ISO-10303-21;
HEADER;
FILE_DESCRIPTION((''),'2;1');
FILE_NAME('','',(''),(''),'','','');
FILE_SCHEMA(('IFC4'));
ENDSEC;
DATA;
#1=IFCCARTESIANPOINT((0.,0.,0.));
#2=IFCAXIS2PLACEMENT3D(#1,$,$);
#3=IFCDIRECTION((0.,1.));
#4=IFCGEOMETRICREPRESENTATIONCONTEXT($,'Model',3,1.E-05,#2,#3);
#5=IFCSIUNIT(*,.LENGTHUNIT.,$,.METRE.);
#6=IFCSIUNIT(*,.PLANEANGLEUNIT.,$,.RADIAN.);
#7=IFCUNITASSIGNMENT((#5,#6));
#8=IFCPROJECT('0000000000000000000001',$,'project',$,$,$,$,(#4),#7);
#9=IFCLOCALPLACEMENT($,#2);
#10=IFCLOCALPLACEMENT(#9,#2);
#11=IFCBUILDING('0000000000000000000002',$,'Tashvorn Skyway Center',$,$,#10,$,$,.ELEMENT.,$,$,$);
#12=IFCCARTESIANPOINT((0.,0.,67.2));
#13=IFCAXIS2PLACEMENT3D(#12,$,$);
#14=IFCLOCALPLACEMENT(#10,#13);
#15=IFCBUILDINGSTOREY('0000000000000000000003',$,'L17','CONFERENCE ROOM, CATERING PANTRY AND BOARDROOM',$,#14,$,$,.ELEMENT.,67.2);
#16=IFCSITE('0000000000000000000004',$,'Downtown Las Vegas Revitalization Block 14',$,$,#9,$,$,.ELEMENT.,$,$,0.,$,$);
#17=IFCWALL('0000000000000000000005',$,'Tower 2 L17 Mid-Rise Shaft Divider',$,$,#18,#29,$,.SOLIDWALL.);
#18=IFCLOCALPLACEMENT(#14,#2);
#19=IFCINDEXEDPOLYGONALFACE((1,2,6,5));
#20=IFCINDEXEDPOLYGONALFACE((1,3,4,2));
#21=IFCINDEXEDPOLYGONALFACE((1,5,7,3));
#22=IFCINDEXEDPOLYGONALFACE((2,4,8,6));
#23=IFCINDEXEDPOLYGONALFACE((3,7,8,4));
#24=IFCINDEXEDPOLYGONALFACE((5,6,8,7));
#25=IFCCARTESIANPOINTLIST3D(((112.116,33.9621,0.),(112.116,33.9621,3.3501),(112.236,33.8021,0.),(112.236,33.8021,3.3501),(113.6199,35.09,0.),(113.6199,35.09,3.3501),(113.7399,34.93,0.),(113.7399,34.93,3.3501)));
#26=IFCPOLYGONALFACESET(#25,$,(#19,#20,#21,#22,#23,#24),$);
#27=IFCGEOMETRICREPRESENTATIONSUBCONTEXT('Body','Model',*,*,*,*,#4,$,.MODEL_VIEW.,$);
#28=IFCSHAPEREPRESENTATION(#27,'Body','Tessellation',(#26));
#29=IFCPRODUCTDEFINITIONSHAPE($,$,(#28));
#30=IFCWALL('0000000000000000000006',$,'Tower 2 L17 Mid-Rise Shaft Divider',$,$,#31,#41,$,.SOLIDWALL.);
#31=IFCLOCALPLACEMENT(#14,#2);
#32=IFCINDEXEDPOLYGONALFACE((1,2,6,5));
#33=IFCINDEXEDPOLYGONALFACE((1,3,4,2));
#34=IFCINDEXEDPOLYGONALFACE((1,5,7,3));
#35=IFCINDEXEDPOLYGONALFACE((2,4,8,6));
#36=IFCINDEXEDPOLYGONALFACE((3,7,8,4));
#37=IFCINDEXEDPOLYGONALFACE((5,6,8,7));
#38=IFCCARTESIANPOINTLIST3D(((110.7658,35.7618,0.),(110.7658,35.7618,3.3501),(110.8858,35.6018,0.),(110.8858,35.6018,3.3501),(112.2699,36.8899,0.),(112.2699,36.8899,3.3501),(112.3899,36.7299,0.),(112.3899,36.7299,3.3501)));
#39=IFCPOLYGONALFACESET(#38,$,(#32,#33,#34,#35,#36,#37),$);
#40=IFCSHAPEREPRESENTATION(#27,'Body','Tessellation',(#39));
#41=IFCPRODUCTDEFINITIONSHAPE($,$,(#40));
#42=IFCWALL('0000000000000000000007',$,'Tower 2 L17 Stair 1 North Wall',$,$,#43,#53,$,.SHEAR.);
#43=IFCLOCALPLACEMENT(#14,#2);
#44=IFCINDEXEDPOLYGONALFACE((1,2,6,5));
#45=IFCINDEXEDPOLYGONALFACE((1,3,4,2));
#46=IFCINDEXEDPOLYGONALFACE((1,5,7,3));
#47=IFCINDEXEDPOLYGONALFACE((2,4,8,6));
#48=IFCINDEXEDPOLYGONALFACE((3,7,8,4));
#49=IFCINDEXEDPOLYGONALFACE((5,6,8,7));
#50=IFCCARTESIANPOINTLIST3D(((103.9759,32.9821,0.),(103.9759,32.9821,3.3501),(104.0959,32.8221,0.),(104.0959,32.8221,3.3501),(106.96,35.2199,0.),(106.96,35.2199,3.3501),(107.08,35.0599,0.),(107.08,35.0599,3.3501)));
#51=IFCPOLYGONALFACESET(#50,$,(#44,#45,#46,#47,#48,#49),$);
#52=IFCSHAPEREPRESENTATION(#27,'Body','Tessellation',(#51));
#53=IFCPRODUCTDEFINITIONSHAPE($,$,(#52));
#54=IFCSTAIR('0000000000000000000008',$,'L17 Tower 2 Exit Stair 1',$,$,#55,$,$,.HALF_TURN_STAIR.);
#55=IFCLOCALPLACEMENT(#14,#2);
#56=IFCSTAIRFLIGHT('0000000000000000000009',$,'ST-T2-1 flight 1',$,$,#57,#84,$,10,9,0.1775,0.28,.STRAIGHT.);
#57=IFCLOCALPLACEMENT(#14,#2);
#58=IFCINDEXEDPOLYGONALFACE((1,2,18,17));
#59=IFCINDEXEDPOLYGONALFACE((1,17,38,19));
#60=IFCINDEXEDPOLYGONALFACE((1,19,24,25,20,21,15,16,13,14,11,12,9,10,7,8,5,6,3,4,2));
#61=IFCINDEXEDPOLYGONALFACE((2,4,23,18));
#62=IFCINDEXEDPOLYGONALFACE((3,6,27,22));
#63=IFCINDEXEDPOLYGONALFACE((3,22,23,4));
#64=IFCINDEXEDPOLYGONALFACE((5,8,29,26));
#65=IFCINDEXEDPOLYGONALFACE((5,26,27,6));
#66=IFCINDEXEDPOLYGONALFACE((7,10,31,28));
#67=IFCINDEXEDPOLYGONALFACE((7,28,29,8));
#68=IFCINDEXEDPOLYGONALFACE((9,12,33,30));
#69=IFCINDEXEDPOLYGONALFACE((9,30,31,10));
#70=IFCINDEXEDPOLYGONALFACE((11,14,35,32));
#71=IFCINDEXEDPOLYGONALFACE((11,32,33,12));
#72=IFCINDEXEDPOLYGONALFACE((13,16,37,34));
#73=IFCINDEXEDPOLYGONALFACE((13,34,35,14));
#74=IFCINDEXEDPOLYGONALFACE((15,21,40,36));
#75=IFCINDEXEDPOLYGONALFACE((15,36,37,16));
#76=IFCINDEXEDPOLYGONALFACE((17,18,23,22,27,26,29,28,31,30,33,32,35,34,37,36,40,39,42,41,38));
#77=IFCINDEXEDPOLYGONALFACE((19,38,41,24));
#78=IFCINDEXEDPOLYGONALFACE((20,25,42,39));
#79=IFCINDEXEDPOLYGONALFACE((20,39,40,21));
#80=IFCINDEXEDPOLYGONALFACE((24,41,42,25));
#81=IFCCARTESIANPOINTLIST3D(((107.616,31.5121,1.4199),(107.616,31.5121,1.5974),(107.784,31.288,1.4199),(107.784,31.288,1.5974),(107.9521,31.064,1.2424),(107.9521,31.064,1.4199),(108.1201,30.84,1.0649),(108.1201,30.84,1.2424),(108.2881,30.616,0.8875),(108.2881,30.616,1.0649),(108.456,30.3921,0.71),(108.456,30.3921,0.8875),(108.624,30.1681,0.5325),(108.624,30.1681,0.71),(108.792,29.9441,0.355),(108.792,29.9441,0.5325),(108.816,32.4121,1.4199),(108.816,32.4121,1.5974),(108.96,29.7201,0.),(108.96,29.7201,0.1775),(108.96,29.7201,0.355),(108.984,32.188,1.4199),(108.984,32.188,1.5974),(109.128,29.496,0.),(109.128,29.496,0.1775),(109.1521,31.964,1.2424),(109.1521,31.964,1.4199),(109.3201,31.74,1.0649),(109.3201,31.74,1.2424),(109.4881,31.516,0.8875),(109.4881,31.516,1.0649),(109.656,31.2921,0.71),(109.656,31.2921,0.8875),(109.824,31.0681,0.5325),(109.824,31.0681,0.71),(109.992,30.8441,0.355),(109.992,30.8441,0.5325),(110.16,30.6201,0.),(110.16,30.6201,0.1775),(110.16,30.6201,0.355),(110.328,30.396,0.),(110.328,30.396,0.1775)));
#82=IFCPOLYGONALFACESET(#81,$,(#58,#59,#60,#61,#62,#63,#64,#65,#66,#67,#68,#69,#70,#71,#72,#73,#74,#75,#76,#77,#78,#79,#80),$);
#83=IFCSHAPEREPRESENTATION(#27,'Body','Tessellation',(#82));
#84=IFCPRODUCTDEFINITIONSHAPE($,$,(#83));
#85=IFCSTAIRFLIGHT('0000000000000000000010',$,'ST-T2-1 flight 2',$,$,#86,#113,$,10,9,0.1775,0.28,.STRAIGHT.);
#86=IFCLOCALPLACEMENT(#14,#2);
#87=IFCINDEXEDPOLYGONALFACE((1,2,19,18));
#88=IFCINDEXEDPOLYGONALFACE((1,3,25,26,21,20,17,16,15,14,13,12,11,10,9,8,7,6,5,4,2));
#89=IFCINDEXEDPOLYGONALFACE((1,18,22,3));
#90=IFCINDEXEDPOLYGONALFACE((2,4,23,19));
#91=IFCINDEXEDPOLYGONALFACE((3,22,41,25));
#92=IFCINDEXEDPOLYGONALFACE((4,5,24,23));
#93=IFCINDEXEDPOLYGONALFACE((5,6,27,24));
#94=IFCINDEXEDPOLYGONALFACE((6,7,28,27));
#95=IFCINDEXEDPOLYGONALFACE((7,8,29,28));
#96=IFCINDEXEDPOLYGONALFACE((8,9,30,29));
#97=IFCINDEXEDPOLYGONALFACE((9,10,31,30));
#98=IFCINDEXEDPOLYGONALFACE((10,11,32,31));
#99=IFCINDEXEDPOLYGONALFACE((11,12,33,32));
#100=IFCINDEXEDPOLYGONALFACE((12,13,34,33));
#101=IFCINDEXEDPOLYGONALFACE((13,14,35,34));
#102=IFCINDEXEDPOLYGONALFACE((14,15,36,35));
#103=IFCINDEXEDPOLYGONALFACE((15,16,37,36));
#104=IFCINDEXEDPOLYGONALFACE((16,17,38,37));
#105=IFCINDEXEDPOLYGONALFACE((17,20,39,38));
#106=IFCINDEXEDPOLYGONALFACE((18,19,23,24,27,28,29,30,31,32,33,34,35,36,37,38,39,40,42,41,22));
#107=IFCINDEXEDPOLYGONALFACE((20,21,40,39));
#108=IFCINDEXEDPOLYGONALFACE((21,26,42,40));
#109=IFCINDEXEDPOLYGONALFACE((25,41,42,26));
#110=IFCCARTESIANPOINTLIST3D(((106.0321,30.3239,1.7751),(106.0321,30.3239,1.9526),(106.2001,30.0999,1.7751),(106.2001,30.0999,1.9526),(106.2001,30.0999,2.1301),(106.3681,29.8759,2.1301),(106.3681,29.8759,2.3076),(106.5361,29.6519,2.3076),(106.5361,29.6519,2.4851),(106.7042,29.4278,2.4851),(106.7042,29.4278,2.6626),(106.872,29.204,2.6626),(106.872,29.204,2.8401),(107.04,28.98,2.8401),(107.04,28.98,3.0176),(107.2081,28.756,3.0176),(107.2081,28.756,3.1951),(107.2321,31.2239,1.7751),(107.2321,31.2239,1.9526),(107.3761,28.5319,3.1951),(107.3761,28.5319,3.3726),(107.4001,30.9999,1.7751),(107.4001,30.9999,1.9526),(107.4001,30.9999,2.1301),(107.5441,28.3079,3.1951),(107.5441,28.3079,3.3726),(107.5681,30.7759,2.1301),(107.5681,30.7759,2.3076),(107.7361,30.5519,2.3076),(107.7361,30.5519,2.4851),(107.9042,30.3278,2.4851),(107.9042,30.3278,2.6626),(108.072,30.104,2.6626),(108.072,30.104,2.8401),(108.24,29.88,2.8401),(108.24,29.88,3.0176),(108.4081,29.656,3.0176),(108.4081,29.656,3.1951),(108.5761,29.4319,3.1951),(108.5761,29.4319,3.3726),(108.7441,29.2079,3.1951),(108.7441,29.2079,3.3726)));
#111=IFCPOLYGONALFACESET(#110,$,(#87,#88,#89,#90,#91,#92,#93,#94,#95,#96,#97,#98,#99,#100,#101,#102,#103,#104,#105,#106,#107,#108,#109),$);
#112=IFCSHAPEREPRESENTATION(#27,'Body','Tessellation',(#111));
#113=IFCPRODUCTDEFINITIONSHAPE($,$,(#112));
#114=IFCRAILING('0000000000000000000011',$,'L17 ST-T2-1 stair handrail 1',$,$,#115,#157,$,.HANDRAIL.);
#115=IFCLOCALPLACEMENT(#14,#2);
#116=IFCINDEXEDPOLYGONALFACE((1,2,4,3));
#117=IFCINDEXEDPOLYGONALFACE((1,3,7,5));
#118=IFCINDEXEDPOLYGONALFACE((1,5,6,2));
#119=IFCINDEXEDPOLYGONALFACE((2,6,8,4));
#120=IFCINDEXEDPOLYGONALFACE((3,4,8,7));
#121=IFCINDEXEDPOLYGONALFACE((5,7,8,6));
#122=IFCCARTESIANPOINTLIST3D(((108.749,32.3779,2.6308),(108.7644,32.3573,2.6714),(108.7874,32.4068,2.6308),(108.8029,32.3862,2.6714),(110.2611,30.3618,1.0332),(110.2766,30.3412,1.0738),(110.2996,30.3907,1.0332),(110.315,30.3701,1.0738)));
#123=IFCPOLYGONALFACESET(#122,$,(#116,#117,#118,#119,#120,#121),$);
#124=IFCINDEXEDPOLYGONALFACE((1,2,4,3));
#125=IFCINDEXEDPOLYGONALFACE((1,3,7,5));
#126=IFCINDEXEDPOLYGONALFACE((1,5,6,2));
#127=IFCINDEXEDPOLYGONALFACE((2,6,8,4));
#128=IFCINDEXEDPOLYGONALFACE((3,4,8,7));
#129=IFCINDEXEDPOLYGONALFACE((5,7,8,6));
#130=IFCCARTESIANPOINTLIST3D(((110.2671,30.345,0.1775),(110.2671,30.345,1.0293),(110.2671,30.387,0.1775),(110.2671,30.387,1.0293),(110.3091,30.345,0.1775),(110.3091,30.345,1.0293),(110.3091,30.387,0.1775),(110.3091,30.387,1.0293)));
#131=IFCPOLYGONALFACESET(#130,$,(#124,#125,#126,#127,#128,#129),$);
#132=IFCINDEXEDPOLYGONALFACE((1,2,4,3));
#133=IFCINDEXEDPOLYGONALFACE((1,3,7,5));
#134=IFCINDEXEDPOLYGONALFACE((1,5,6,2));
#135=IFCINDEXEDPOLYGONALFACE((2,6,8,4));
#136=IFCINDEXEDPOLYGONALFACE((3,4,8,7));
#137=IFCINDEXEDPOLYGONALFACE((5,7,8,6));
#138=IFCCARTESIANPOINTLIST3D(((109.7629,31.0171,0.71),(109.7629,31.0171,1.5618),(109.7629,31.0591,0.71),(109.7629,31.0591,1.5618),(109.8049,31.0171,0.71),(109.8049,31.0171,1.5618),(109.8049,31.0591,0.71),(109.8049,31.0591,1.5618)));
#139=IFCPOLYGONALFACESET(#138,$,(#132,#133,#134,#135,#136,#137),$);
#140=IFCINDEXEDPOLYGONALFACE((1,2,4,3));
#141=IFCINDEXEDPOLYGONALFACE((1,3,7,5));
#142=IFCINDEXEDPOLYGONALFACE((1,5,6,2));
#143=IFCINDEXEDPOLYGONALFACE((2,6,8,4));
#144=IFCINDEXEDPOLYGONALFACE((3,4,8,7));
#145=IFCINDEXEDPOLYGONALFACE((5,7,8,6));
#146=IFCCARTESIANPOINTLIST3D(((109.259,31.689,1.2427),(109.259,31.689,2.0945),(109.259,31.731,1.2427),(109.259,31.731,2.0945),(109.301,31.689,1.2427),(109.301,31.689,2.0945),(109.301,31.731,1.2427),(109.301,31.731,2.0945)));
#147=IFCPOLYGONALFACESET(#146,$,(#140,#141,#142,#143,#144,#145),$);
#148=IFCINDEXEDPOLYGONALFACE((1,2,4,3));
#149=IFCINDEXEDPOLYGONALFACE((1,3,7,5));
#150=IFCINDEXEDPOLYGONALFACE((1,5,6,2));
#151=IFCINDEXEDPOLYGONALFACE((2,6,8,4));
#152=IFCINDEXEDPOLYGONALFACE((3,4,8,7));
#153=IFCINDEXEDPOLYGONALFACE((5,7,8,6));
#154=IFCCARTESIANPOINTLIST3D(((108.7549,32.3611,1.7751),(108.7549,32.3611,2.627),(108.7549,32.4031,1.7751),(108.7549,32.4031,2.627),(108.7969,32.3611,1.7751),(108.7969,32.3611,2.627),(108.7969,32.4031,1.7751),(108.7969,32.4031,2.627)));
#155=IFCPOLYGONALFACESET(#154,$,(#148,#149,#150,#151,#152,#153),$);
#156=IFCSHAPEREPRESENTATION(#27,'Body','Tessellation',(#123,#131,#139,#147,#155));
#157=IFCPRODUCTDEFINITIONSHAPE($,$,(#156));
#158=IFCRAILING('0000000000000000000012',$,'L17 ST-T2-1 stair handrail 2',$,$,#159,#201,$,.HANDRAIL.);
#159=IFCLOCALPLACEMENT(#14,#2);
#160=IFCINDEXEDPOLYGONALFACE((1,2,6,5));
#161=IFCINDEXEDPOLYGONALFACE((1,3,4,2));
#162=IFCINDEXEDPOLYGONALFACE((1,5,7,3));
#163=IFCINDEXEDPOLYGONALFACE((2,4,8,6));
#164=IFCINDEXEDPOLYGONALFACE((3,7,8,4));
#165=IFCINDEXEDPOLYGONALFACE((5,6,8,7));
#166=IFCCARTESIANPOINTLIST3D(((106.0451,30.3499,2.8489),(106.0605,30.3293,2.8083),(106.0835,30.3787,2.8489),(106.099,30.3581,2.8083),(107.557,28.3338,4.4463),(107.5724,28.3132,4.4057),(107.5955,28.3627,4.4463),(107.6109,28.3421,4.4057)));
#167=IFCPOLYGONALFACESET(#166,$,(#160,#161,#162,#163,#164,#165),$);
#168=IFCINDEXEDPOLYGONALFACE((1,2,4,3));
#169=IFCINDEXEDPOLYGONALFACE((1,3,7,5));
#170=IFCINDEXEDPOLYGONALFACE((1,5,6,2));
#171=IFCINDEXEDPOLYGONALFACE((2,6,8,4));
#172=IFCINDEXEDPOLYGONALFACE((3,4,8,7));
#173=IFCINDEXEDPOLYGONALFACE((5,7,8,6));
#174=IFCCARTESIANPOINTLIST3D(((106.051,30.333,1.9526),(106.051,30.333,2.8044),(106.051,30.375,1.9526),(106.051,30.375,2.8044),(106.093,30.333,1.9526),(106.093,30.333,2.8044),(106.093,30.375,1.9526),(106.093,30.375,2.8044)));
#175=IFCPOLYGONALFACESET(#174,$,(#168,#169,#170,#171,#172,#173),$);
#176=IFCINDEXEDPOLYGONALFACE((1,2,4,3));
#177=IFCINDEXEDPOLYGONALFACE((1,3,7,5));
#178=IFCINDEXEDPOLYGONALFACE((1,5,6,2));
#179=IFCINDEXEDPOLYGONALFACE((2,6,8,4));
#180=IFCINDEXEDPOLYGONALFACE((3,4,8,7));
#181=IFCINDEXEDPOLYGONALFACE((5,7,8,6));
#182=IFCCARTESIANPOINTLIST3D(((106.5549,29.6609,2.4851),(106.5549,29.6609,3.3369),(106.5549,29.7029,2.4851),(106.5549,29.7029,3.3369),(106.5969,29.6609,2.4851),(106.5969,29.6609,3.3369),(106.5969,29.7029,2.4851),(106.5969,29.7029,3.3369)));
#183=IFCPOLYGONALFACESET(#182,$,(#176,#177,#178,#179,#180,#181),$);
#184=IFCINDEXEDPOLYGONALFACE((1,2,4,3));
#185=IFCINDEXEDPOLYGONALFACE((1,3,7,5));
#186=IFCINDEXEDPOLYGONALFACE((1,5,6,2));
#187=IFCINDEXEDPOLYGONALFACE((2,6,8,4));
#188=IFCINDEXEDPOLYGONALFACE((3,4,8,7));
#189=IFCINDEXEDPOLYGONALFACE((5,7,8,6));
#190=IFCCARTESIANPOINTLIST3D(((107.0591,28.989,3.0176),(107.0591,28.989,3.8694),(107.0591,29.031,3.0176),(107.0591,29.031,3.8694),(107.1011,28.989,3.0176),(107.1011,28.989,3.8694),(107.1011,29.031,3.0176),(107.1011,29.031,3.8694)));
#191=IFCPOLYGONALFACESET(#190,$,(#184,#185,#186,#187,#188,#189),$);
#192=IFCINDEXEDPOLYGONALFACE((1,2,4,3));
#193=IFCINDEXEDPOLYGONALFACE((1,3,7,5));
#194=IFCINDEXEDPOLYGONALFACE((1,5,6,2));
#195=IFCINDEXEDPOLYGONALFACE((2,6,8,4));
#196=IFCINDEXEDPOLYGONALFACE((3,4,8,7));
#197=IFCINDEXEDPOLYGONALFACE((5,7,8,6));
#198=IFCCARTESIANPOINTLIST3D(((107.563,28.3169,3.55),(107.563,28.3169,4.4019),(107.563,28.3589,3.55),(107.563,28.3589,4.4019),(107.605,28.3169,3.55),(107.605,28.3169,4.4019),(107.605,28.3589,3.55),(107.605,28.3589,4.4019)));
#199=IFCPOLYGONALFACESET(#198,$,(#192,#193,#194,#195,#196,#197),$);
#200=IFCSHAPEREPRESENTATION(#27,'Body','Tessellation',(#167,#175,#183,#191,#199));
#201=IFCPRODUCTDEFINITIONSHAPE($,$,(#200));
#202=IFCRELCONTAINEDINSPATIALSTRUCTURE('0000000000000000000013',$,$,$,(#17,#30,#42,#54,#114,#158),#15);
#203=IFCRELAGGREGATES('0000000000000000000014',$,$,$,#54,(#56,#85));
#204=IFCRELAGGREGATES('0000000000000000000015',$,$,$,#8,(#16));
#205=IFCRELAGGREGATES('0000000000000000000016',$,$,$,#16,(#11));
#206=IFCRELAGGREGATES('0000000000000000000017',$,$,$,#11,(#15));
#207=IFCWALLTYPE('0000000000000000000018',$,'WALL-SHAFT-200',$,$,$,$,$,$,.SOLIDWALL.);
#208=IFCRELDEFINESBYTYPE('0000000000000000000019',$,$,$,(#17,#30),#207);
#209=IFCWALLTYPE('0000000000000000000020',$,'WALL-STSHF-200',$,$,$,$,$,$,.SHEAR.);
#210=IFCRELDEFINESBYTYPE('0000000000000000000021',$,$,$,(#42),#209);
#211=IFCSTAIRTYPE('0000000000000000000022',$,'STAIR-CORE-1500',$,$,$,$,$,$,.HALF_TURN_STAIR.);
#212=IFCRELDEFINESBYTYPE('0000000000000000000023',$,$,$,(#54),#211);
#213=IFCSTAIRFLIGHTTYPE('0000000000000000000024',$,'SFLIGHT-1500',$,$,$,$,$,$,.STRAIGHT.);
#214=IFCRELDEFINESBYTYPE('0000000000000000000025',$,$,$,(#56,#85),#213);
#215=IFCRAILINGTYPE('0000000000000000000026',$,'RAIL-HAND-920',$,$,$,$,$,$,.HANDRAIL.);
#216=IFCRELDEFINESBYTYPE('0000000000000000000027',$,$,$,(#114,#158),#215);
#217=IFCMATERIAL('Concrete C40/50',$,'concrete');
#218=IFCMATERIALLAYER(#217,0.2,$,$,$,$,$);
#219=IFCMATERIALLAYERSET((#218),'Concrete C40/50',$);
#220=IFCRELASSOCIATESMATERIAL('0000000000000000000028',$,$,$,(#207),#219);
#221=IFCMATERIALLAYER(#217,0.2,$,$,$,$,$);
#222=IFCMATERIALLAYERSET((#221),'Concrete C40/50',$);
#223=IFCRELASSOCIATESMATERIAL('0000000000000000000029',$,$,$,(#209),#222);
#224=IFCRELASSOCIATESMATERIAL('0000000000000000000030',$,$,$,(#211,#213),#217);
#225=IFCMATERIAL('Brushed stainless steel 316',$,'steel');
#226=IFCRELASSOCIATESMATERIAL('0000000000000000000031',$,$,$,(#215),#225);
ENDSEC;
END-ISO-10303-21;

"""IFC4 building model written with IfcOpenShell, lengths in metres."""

from ifc_helpers import new_model, si_unit, direction, frame, frame_2d, origin, origin_2d, place, context, subcontext, project, spatial, polyline, rectangle, outline, extrude, material, layer, layer_set, type_object, element, aggregate, save


model = new_model("IFC4")

# Units and contexts
model_context = context("Model", 3, precision=1e-05, world=origin(), true_north=direction((0.0, 1.0)))
body_context = subcontext(model_context, "Body", "Model", "MODEL_VIEW")
ifc_project = project(units=[si_unit("LENGTHUNIT", "METRE"), si_unit("PLANEANGLEUNIT", "RADIAN")], contexts=[model_context])

# Site, building, storey
site_placement = place(None, origin())
site = spatial("IfcSite", under=ifc_project, at=site_placement, Name="Downtown Las Vegas Revitalization Block 14", CompositionType="ELEMENT", RefElevation=0.0)
building_placement = place(site_placement, origin())
building = spatial("IfcBuilding", under=site, at=building_placement, Name="Tashvorn Skyway Center", CompositionType="ELEMENT")
storey_placement = place(building_placement, frame((0.0, 0.0, 67.2)))
storey = spatial("IfcBuildingStorey", under=building, at=storey_placement, Name="L17", Description="CONFERENCE ROOM, CATERING PANTRY AND BOARDROOM", CompositionType="ELEMENT", Elevation=67.2)

# Shared definitions
ifc_material_1 = material(Name="Concrete C40/50", Category="concrete")

# Walls
ifc_layer_1 = layer(ifc_material_1, 0.2)
ifc_layer_set_1 = layer_set([ifc_layer_1], Name="Concrete C40/50")
wall_type_1 = type_object("IfcWallType", Name="WALL-SHAFT-200", PredefinedType="SOLIDWALL", material=ifc_layer_set_1)
wall_1_placement = place(storey_placement, frame((112.176, 33.8821, 0.0), z_axis=(0.0, 0.0, 1.0), x_axis=(0.8, 0.6, 0.0)))
element("IfcWall", 1, at=wall_1_placement, inside=storey, type_object=wall_type_1, Name="Tower 2 L17 Mid-Rise Shaft Divider", PredefinedType="SOLIDWALL", context=body_context, shape_type="SweptSolid", body=[
    extrude(rectangle(XDim=1.8799, YDim=0.2, at=frame_2d((0.9399, 0.0))), origin(), (0.0, 0.0, 1.0), 3.3501),
])
wall_2_placement = place(storey_placement, frame((110.8259, 35.6819, 0.0), z_axis=(0.0, 0.0, 1.0), x_axis=(0.799984, 0.600021, 0.0)))
element("IfcWall", 2, at=wall_2_placement, inside=storey, type_object=wall_type_1, Name="Tower 2 L17 Mid-Rise Shaft Divider", PredefinedType="SOLIDWALL", context=body_context, shape_type="SweptSolid", body=[
    extrude(rectangle(XDim=1.8801, YDim=0.2, at=frame_2d((0.9399, 0.0))), origin(), (0.0, 0.0, 1.0), 3.3501),
])
ifc_layer_2 = layer(ifc_material_1, 0.2)
ifc_layer_set_2 = layer_set([ifc_layer_2], Name="Concrete C40/50")
wall_type_2 = type_object("IfcWallType", Name="WALL-STSHF-200", PredefinedType="SHEAR", material=ifc_layer_set_2)
wall_3_placement = place(storey_placement, frame((104.0359, 32.9021, 0.0), z_axis=(0.0, 0.0, 1.0), x_axis=(0.800039, 0.599948, 0.0)))
element("IfcWall", 3, at=wall_3_placement, inside=storey, type_object=wall_type_2, Name="Tower 2 L17 Stair 1 North Wall", PredefinedType="SHEAR", context=body_context, shape_type="SweptSolid", body=[
    extrude(rectangle(XDim=3.73, YDim=0.2, at=frame_2d((1.865, 0.0))), origin(), (0.0, 0.0, 1.0), 3.3501),
])

# Stair, stair flights
stair_type = type_object("IfcStairType", Name="STAIR-CORE-1500", PredefinedType="HALF_TURN_STAIR", material=ifc_material_1)
stair_placement = place(storey_placement, origin())
stair = element("IfcStair", 4, at=stair_placement, inside=storey, type_object=stair_type, Name="L17 Tower 2 Exit Stair 1", PredefinedType="HALF_TURN_STAIR")
stair_flight_type = type_object("IfcStairFlightType", Name="SFLIGHT-1500", PredefinedType="STRAIGHT", material=ifc_material_1)
stair_flight_1_placement = place(storey_placement, frame((109.728, 29.946, 0.0), z_axis=(0.0, 0.0, 1.0), x_axis=(-0.6, 0.8, 0.0)))
stair_flight_1 = element("IfcStairFlight", 5, at=stair_flight_1_placement, type_object=stair_flight_type, Name="ST-T2-1 flight 1", NumberOfRisers=10, NumberOfTreads=9, PredefinedType="STRAIGHT", RiserHeight=0.1775, TreadLength=0.28, context=body_context, shape_type="SweptSolid", body=[
    extrude(outline(polyline([(0.0, 0.0), (0.0, 0.1775), (0.28, 0.1775), (0.28, 0.355), (0.5601, 0.355), (0.5601, 0.5325), (0.8401, 0.5325), (0.8401, 0.71), (1.1201, 0.71), (1.1201, 0.8875), (1.3999, 0.8875), (1.3999, 1.0649), (1.6799, 1.0649), (1.6799, 1.2424), (1.96, 1.2424), (1.96, 1.4199), (2.24, 1.4199), (2.24, 1.5974), (2.52, 1.5974), (2.52, 1.7749), (2.52, 1.4199), (0.28, 0.0), (0.0, 0.0)])), frame((0.0, 0.75, 0.0), z_axis=(0.0, -1.0, 0.0), x_axis=(1.0, 0.0, 0.0)), (0.0, 0.0, 1.0), 1.5),
])
stair_flight_2_placement = place(storey_placement, frame((106.6321, 30.7739, 1.7751), z_axis=(0.0, 0.0, 1.0), x_axis=(0.6, -0.8, 0.0)))
stair_flight_2 = element("IfcStairFlight", 6, at=stair_flight_2_placement, type_object=stair_flight_type, Name="ST-T2-1 flight 2", NumberOfRisers=10, NumberOfTreads=9, PredefinedType="STRAIGHT", RiserHeight=0.1775, TreadLength=0.28, context=body_context, shape_type="SweptSolid", body=[
    extrude(outline(polyline([(0.0, 0.0), (0.0, 0.1775), (0.28, 0.1775), (0.28, 0.355), (0.5601, 0.355), (0.5601, 0.5325), (0.8401, 0.5325), (0.8401, 0.71), (1.1201, 0.71), (1.1201, 0.8875), (1.3999, 0.8875), (1.3999, 1.0649), (1.6799, 1.0649), (1.6799, 1.2424), (1.96, 1.2424), (1.96, 1.4199), (2.24, 1.4199), (2.24, 1.5974), (2.52, 1.5974), (2.52, 1.7749), (2.52, 1.4199), (0.28, 0.0), (0.0, 0.0)])), frame((0.0, 0.75, 0.0), z_axis=(0.0, -1.0, 0.0), x_axis=(1.0, 0.0, 0.0)), (0.0, 0.0, 1.0), 1.5),
])
aggregate(stair, [stair_flight_1, stair_flight_2])

# Railings
ifc_material_2 = material(Name="Brushed stainless steel 316", Category="steel")
railing_type_1 = type_object("IfcRailingType", Name="RAIL-HAND-920", PredefinedType="HANDRAIL", material=ifc_material_2)
railing_1_placement = place(storey_placement, frame((110.2881, 30.366, 0.1775)))
element("IfcRailing", 7, at=railing_1_placement, inside=storey, type_object=railing_type_1, Name="L17 ST-T2-1 stair handrail 1", PredefinedType="HANDRAIL", context=body_context, shape_type="SweptSolid", body=[
    extrude(rectangle(XDim=0.0481, YDim=0.0481, at=origin_2d()), frame((0.0, 0.0, 0.876), z_axis=(-0.506779, 0.675651, 0.535416), x_axis=(-0.799977, -0.600031, 0.0)), (0.0, 0.0, 1.0), 2.9839),
    extrude(rectangle(XDim=0.042, YDim=0.042, at=origin_2d()), origin(), (0.0, 0.0, 1.0), 0.8518),
    extrude(rectangle(XDim=0.042, YDim=0.042, at=origin_2d()), frame((-0.5042, 0.6721, 0.5325)), (0.0, 0.0, 1.0), 0.8518),
    extrude(rectangle(XDim=0.042, YDim=0.042, at=origin_2d()), frame((-1.0081, 1.344, 1.0652)), (0.0, 0.0, 1.0), 0.8518),
    extrude(rectangle(XDim=0.042, YDim=0.042, at=origin_2d()), frame((-1.5122, 2.0161, 1.5977)), (0.0, 0.0, 1.0), 0.8518),
])
railing_2_placement = place(storey_placement, frame((106.072, 30.354, 1.9526)))
element("IfcRailing", 8, at=railing_2_placement, inside=storey, type_object=railing_type_1, Name="L17 ST-T2-1 stair handrail 2", PredefinedType="HANDRAIL", context=body_context, shape_type="SweptSolid", body=[
    extrude(rectangle(XDim=0.0481, YDim=0.0481, at=origin_2d()), frame((0.0, 0.0, 0.876), z_axis=(0.506741, -0.675709, 0.535379), x_axis=(0.800023, 0.599969, 0.0)), (0.0, 0.0, 1.0), 2.9836),
    extrude(rectangle(XDim=0.042, YDim=0.042, at=origin_2d()), origin(), (0.0, 0.0, 1.0), 0.8518),
    extrude(rectangle(XDim=0.042, YDim=0.042, at=origin_2d()), frame((0.5039, -0.6721, 0.5325)), (0.0, 0.0, 1.0), 0.8518),
    extrude(rectangle(XDim=0.042, YDim=0.042, at=origin_2d()), frame((1.0081, -1.344, 1.0649)), (0.0, 0.0, 1.0), 0.8518),
    extrude(rectangle(XDim=0.042, YDim=0.042, at=origin_2d()), frame((1.512, -2.0161, 1.5974)), (0.0, 0.0, 1.0), 0.8518),
])

save(model, "model.ifc")
